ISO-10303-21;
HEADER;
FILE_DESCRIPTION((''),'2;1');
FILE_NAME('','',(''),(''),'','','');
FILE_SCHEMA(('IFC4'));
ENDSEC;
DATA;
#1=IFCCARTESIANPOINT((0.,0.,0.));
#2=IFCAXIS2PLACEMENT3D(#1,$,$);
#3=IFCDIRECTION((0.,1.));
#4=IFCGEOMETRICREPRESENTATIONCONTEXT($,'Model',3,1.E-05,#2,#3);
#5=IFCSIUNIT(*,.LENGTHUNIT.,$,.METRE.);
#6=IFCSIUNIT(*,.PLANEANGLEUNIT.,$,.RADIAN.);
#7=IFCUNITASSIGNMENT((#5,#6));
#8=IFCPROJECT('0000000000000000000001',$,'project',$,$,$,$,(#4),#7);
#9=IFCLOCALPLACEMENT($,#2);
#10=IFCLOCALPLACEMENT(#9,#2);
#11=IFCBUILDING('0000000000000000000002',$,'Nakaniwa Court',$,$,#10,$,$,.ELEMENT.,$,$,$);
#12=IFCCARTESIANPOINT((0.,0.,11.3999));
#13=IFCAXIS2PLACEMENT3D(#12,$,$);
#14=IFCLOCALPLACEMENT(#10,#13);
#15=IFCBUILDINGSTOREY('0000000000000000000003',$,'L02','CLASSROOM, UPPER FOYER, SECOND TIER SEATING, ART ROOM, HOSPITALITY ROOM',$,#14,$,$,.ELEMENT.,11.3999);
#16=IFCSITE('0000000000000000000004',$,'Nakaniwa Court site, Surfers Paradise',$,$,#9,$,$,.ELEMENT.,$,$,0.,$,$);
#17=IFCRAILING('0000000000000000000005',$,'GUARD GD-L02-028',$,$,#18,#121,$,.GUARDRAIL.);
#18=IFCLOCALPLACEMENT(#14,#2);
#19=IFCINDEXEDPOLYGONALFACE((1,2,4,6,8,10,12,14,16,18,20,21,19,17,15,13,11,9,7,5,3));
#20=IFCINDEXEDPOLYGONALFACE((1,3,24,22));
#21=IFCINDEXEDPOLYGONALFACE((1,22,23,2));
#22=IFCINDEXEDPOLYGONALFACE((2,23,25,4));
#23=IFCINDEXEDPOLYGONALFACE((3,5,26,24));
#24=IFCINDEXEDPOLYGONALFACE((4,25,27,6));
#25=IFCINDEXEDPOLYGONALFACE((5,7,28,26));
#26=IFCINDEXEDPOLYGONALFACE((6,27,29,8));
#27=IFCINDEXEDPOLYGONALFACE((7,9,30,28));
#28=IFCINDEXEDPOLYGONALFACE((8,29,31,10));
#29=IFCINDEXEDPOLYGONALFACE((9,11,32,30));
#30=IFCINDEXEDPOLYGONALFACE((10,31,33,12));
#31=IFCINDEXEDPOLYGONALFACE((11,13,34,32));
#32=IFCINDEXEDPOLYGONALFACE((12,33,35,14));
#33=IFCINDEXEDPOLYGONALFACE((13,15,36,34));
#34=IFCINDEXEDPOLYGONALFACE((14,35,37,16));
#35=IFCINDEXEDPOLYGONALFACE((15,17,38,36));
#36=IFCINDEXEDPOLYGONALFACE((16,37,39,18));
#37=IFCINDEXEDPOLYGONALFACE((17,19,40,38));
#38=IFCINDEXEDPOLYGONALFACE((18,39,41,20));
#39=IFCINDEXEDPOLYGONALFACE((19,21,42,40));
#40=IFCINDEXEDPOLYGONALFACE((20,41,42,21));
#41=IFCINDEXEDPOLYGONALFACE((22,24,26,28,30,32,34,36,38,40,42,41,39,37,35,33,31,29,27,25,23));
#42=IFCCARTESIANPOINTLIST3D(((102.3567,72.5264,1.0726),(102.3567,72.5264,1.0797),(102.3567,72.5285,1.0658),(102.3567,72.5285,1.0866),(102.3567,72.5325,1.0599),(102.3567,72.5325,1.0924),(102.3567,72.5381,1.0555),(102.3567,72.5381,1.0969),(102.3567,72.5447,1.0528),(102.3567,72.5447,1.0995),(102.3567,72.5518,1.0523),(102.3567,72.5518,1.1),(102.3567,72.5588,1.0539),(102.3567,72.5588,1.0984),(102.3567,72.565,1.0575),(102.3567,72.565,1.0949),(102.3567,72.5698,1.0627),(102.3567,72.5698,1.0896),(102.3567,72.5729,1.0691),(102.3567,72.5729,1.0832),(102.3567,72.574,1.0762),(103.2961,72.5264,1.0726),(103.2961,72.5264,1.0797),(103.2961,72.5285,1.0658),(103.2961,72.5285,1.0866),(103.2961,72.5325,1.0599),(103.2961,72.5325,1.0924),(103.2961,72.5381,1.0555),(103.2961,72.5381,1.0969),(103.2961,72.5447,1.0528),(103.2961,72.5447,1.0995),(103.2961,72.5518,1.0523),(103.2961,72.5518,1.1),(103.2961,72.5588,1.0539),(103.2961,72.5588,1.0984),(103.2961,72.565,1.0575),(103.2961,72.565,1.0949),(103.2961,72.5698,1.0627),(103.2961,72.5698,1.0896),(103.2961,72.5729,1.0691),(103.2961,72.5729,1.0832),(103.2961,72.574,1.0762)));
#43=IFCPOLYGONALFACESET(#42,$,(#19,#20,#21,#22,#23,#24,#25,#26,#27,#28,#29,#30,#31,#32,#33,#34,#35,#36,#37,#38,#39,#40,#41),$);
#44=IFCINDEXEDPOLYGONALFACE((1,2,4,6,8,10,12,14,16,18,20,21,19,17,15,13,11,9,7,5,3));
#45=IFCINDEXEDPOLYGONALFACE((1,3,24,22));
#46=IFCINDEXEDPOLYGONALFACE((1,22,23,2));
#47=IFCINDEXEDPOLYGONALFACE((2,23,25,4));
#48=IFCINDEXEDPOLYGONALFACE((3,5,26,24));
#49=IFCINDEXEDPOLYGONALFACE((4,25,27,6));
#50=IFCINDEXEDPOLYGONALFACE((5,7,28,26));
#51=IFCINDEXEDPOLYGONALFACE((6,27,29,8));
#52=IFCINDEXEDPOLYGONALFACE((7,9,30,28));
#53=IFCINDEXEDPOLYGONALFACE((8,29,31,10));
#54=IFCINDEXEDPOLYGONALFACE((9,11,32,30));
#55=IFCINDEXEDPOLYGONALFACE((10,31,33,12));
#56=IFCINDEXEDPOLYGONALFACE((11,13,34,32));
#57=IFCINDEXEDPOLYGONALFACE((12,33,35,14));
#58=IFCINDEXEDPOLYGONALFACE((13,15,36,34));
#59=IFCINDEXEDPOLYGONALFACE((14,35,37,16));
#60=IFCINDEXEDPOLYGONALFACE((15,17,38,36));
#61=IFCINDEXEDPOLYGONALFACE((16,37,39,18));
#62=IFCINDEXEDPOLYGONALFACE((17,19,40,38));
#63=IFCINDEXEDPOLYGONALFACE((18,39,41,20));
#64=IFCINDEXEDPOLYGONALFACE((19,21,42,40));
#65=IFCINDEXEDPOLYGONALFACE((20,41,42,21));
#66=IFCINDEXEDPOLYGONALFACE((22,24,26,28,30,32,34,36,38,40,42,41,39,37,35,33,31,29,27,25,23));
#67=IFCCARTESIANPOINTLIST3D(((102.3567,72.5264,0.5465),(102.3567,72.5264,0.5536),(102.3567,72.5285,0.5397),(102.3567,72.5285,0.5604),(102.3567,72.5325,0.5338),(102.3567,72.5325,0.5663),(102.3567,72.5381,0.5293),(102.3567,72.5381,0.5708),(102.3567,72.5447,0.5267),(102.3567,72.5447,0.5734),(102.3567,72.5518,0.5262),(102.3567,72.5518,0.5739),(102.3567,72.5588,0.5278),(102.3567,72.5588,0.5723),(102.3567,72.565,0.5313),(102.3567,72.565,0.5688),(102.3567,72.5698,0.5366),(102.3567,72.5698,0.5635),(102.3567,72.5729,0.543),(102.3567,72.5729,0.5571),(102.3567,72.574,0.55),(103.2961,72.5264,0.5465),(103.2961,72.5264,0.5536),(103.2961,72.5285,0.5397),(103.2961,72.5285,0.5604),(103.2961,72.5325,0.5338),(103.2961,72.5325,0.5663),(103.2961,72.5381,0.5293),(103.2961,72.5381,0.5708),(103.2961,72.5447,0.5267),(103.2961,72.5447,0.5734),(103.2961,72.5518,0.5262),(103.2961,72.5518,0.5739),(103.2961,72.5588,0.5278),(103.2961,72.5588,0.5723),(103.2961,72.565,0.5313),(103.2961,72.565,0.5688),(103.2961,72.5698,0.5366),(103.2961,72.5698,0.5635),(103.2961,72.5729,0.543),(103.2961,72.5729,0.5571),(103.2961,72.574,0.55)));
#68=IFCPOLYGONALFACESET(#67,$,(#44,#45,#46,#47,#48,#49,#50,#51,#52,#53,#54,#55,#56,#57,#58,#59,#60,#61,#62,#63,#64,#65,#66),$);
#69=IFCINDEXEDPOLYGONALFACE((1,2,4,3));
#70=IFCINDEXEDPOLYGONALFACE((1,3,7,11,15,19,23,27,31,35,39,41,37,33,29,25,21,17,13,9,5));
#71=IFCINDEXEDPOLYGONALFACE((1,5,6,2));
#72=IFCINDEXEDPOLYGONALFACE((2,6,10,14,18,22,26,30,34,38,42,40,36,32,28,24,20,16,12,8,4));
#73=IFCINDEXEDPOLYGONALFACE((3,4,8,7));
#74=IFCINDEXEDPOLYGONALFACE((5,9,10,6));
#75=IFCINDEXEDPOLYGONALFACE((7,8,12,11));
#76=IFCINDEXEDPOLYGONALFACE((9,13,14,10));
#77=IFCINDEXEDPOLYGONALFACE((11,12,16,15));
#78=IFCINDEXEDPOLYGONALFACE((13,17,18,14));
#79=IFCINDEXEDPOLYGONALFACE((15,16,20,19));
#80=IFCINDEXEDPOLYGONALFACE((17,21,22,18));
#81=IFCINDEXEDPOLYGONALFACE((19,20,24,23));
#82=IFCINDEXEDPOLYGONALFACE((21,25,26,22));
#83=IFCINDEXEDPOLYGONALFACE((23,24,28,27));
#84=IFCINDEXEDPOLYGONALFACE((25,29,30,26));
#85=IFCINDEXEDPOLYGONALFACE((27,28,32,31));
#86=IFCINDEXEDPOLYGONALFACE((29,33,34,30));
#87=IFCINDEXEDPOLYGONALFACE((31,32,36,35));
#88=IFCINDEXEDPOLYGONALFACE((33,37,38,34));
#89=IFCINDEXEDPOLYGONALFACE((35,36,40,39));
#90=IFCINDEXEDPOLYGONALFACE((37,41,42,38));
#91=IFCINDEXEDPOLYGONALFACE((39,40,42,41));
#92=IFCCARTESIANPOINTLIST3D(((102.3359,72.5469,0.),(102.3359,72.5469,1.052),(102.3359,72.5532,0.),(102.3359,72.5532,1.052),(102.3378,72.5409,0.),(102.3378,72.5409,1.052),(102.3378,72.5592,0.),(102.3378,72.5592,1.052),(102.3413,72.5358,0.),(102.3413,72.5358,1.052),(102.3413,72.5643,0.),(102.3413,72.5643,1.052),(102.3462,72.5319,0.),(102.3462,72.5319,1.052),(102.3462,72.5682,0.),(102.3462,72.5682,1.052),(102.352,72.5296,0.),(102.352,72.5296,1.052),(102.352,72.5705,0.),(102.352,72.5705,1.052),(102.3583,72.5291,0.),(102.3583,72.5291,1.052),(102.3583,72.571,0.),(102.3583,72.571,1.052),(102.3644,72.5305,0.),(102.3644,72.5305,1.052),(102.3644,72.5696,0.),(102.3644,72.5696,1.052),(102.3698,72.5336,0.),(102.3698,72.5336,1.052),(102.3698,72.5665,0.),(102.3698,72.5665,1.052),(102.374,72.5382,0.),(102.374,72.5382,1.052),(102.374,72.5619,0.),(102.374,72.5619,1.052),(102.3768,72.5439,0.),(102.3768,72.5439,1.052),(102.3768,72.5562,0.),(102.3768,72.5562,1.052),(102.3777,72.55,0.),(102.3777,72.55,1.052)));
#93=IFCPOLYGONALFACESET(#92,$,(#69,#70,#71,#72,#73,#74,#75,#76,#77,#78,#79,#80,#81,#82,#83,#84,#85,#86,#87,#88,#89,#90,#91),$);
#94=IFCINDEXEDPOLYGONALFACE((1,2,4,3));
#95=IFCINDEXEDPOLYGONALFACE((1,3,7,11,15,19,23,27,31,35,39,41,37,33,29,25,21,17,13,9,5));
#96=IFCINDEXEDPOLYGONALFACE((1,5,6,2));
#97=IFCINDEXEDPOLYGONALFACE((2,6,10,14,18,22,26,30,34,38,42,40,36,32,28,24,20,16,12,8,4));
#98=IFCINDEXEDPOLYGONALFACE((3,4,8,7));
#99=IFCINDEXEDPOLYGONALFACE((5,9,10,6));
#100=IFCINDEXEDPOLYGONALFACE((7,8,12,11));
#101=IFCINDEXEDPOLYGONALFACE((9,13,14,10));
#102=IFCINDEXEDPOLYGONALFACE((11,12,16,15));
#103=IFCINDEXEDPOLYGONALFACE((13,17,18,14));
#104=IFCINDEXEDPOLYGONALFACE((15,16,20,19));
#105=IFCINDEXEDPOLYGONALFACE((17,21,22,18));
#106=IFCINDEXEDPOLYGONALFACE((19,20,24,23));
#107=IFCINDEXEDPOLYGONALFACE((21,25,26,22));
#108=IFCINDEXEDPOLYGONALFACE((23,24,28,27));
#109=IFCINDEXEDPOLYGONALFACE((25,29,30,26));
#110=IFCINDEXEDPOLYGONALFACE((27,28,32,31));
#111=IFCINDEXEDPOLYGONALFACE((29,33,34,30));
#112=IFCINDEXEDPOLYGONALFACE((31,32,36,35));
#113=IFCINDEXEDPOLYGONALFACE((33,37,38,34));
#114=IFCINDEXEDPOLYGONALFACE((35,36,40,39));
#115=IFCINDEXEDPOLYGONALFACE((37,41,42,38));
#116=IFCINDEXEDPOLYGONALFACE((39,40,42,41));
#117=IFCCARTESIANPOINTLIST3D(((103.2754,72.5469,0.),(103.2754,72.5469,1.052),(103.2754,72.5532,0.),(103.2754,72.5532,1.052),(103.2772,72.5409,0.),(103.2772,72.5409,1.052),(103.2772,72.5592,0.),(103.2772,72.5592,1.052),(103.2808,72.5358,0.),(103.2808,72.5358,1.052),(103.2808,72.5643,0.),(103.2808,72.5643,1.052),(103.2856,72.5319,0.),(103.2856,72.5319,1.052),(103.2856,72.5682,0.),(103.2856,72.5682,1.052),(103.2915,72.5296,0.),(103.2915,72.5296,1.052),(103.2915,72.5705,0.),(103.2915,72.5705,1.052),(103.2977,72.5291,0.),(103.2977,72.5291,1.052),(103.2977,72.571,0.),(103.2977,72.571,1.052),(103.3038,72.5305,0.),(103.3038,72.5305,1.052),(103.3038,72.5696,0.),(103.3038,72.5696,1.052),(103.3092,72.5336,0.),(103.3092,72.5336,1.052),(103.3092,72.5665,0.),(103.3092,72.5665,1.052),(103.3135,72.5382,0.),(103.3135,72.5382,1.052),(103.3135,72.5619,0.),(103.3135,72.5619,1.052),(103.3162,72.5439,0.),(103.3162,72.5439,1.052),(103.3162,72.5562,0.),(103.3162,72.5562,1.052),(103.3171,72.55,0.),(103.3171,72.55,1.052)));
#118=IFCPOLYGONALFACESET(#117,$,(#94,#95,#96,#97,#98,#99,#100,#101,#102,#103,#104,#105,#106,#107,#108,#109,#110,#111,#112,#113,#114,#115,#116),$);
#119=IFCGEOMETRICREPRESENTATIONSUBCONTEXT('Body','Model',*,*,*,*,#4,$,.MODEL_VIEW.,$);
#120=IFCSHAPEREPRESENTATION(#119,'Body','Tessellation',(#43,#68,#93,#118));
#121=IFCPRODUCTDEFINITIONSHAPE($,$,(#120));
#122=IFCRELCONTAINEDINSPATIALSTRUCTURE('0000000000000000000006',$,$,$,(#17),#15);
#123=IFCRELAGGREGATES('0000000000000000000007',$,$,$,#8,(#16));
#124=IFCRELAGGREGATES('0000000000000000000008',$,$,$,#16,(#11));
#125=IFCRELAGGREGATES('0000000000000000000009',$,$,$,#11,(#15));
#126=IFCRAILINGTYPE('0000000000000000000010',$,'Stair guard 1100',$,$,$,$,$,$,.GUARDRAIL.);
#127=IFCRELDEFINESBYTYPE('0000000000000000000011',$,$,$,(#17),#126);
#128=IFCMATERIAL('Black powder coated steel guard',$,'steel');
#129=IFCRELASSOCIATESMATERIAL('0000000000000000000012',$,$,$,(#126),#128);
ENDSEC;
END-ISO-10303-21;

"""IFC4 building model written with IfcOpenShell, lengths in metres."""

from ifc_helpers import new_model, si_unit, direction, frame, origin, origin_2d, place, context, subcontext, project, spatial, circle, extrude, material, type_object, element, save


model = new_model("IFC4")

# Units and contexts
model_context = context("Model", 3, precision=1e-05, world=origin(), true_north=direction((0.0, 1.0)))
body_context = subcontext(model_context, "Body", "Model", "MODEL_VIEW")
ifc_project = project(units=[si_unit("LENGTHUNIT", "METRE"), si_unit("PLANEANGLEUNIT", "RADIAN")], contexts=[model_context])

# Site, building, storey
site_placement = place(None, origin())
site = spatial("IfcSite", under=ifc_project, at=site_placement, Name="Nakaniwa Court site, Surfers Paradise", CompositionType="ELEMENT", RefElevation=0.0)
building_placement = place(site_placement, origin())
building = spatial("IfcBuilding", under=site, at=building_placement, Name="Nakaniwa Court", CompositionType="ELEMENT")
storey_placement = place(building_placement, frame((0.0, 0.0, 11.3999)))
storey = spatial("IfcBuildingStorey", under=building, at=storey_placement, Name="L02", Description="CLASSROOM, UPPER FOYER, SECOND TIER SEATING, ART ROOM, HOSPITALITY ROOM", CompositionType="ELEMENT", Elevation=11.3999)

# Railing
ifc_material_1 = material(Name="Black powder coated steel guard", Category="steel")
railing_type = type_object("IfcRailingType", Name="Stair guard 1100", PredefinedType="GUARDRAIL", material=ifc_material_1)
railing_1_placement = place(storey_placement, frame((102.3567, 72.55, 0.0)))
element("IfcRailing", 1, at=railing_1_placement, inside=storey, type_object=railing_type, Name="GUARD GD-L02-028", PredefinedType="GUARDRAIL", context=body_context, shape_type="SweptSolid", body=[
    extrude(circle(Radius=0.0239, at=origin_2d()), frame((0.0, 0.0, 1.0762), z_axis=(1.0, 0.0, 0.0), x_axis=(0.0, 1.0, 0.0)), (0.0, 0.0, 1.0), 0.9395),
    extrude(circle(Radius=0.0239, at=origin_2d()), frame((0.0, 0.0, 0.55), z_axis=(1.0, 0.0, 0.0), x_axis=(0.0, 1.0, 0.0)), (0.0, 0.0, 1.0), 0.9395),
    extrude(circle(Radius=0.021, at=origin_2d()), origin(), (0.0, 0.0, 1.0), 1.052),
    extrude(circle(Radius=0.021, at=origin_2d()), frame((0.9395, 0.0, 0.0)), (0.0, 0.0, 1.0), 1.052),
])

save(model, "model.ifc")
